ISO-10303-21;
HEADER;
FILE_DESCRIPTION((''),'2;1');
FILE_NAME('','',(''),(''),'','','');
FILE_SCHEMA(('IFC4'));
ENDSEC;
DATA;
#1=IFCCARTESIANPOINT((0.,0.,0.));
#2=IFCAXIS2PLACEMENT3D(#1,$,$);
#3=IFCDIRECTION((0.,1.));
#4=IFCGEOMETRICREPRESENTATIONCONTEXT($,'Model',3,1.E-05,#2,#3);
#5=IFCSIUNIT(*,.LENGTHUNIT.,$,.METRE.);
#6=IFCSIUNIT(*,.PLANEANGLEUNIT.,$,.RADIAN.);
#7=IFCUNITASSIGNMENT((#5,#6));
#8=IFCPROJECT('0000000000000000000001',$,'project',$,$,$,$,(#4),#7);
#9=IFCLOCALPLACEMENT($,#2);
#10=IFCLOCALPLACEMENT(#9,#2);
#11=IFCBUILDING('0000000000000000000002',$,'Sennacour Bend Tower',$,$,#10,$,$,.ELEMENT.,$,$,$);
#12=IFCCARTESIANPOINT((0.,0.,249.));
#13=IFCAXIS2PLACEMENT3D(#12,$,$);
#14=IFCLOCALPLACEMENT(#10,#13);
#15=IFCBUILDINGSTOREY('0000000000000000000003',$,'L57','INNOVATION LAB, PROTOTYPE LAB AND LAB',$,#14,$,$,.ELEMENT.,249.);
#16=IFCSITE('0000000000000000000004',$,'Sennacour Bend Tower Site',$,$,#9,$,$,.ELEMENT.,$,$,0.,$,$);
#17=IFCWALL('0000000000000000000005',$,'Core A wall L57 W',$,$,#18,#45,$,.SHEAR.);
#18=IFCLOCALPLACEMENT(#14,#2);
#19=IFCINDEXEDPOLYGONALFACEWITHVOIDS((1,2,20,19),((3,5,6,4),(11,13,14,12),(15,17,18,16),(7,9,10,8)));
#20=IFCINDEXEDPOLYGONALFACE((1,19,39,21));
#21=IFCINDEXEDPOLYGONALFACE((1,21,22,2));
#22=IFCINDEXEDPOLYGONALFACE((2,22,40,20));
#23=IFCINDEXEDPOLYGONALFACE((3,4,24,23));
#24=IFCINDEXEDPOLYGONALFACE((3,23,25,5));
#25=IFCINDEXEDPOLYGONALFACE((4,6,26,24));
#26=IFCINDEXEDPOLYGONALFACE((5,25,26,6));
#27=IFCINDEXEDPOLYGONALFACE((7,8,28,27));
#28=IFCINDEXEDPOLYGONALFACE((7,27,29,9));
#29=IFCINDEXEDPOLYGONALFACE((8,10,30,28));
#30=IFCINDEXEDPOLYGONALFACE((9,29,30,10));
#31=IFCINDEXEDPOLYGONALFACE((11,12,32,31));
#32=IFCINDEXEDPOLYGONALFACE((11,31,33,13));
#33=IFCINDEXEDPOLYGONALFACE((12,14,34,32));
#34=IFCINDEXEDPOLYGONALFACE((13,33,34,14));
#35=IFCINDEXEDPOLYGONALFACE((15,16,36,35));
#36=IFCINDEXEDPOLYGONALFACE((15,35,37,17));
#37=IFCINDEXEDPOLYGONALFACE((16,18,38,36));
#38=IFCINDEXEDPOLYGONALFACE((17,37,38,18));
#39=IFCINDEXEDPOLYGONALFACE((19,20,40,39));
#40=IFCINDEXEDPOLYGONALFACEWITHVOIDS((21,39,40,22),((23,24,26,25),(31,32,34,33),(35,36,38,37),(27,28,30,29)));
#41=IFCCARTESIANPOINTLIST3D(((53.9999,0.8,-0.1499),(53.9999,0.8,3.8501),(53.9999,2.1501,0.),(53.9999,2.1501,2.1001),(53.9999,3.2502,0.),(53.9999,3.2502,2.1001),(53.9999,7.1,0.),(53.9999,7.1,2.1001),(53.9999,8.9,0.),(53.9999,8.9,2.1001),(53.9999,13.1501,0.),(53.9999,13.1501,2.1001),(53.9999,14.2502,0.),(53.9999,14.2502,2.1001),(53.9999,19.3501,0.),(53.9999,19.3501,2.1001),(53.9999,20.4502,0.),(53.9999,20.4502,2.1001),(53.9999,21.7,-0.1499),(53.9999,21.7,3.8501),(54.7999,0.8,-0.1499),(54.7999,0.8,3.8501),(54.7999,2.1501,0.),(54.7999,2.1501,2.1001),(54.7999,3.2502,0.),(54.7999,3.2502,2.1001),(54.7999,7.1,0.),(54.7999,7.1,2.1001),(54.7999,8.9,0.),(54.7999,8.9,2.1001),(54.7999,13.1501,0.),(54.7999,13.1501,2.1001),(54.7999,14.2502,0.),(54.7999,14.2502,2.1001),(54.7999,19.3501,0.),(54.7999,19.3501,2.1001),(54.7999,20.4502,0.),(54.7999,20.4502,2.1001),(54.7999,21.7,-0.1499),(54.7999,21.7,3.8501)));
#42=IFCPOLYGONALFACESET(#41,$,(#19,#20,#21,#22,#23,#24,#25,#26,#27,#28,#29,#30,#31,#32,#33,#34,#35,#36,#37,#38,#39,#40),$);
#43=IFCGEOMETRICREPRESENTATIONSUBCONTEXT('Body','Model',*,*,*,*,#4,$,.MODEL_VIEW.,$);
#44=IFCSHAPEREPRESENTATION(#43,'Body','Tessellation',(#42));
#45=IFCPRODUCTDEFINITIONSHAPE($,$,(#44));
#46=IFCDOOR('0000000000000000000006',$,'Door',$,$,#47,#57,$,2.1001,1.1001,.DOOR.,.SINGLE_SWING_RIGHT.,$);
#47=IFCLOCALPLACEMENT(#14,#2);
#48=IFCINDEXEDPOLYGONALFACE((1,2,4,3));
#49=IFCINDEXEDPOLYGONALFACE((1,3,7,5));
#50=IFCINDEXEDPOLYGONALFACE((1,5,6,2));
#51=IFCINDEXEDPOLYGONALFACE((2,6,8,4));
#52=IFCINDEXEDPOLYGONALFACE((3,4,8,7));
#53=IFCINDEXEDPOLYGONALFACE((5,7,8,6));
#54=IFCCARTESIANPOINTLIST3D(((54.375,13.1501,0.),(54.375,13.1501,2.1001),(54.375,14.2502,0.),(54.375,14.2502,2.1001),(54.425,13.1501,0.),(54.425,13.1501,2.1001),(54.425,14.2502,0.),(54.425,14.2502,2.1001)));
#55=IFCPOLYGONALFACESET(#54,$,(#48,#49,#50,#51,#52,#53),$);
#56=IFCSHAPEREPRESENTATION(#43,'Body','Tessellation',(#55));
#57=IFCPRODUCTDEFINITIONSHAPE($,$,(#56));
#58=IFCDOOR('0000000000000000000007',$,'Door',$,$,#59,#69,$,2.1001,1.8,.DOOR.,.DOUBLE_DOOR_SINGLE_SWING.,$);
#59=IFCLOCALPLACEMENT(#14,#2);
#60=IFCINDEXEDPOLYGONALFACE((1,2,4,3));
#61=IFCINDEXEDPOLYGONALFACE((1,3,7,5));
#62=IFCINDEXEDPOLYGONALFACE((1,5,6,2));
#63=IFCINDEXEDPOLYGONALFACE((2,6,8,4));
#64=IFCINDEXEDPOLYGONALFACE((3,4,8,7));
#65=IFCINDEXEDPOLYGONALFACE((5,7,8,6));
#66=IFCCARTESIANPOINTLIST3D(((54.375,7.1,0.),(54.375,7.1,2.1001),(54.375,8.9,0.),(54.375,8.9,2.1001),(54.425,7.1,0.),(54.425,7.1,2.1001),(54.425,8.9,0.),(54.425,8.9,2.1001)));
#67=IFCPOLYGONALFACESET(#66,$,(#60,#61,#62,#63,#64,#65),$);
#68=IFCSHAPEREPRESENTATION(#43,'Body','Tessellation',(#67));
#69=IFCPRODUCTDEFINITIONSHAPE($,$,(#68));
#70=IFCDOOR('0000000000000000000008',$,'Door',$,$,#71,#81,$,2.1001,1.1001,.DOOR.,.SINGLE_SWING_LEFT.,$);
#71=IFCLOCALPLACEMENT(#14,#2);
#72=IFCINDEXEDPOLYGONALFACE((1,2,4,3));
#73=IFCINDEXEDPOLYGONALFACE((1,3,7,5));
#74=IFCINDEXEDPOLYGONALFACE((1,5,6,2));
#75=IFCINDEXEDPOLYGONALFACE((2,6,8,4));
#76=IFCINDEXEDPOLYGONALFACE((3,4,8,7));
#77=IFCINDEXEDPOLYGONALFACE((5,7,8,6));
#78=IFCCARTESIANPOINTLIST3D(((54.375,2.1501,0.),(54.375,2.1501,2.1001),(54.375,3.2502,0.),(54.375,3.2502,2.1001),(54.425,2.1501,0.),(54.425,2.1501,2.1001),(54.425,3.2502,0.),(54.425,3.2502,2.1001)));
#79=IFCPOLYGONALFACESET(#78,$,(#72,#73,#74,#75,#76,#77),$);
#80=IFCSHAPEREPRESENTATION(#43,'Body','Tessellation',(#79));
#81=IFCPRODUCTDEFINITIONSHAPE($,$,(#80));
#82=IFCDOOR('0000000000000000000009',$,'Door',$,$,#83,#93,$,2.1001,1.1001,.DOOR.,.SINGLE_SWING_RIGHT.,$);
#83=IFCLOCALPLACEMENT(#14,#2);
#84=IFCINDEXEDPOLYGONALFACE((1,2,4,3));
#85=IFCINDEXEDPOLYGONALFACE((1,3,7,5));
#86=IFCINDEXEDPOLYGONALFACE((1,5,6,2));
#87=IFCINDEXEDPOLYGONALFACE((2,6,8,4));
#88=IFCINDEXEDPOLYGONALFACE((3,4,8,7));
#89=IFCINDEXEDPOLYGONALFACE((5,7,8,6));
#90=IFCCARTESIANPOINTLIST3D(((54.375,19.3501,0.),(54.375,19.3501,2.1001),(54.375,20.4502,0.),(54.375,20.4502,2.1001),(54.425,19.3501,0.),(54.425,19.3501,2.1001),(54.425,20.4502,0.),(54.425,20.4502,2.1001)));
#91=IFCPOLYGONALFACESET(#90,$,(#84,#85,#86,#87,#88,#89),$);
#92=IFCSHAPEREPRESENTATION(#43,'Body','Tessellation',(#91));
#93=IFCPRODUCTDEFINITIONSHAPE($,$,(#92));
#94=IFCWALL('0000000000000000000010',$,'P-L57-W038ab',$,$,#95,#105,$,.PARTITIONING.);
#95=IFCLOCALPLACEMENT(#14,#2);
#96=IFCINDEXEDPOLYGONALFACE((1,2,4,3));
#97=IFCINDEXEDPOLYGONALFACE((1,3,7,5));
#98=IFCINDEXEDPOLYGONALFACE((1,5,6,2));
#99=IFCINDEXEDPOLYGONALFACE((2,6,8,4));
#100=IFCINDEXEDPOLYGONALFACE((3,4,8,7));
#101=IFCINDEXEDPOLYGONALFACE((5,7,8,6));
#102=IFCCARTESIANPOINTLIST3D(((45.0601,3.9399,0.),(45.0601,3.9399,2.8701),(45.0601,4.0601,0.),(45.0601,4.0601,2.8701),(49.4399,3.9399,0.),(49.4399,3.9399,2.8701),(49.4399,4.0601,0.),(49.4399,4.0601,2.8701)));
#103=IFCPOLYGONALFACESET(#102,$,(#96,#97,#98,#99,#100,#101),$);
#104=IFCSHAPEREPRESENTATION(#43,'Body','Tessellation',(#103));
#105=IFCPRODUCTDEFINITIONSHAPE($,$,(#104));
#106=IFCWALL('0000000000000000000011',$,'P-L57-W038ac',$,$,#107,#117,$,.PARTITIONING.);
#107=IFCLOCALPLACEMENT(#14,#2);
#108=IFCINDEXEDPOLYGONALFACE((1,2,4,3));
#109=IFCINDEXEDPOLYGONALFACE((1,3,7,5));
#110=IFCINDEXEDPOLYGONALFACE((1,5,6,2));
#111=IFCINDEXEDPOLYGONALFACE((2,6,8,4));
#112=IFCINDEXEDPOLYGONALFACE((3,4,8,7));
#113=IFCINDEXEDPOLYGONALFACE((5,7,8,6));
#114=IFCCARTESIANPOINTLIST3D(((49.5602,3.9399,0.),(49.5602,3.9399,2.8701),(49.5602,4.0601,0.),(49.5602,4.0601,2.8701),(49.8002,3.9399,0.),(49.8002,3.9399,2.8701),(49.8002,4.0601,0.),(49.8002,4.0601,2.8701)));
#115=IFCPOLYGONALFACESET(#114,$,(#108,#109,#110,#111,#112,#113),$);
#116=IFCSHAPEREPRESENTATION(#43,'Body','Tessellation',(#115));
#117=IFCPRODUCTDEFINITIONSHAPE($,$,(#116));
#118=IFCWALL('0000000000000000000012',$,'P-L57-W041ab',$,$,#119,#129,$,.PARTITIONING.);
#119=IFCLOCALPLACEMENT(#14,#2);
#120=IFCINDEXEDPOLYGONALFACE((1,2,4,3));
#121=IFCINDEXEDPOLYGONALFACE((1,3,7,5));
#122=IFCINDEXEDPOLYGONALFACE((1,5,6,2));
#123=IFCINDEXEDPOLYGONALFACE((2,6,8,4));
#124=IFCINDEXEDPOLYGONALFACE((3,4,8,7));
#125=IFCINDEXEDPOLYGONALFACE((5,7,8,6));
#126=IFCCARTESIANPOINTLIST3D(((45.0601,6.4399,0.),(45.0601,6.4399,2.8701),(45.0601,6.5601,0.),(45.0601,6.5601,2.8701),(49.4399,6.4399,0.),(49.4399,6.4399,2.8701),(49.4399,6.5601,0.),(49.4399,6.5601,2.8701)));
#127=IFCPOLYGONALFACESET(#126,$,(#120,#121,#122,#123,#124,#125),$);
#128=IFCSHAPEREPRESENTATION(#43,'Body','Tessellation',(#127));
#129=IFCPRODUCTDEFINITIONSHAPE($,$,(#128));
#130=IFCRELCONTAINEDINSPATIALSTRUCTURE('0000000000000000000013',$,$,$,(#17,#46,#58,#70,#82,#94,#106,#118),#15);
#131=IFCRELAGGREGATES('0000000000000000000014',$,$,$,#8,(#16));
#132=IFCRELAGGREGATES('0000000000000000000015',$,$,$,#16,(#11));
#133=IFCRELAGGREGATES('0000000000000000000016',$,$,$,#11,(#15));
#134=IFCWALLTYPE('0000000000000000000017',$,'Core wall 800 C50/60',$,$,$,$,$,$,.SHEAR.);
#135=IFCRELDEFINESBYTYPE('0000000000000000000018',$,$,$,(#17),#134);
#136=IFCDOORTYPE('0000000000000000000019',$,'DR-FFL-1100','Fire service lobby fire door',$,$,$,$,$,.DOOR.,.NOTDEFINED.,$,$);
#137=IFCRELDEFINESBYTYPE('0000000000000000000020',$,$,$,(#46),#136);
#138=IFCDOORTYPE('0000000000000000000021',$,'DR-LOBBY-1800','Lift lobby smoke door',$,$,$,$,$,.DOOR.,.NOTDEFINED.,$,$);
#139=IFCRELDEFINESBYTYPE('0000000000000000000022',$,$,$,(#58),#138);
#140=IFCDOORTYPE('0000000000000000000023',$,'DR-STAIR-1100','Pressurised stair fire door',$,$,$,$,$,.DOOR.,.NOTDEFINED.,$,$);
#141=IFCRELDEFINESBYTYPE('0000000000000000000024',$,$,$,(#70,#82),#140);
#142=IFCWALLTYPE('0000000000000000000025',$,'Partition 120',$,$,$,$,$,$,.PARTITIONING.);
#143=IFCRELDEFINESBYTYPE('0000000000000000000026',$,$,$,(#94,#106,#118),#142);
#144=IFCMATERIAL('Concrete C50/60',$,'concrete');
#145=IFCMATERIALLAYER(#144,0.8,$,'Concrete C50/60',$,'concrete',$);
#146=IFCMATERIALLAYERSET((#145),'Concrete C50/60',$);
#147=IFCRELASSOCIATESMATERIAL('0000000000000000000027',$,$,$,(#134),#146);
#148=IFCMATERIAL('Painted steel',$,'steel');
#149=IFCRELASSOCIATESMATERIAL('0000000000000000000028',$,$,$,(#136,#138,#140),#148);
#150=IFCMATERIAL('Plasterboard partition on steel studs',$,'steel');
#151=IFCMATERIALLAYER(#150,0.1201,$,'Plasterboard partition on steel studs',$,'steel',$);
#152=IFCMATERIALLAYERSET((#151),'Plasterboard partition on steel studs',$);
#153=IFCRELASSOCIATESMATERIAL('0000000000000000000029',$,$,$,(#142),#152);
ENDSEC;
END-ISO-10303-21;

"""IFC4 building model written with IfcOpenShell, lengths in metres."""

from ifc_helpers import new_model, si_unit, direction, frame, frame_2d, origin, place, context, subcontext, project, spatial, rectangle, extrude, material, layer, layer_set, type_object, element, fill, save


model = new_model("IFC4")

# Units and contexts
model_context = context("Model", 3, precision=1e-05, world=origin(), true_north=direction((0.0, 1.0)))
body_context = subcontext(model_context, "Body", "Model", "MODEL_VIEW")
ifc_project = project(units=[si_unit("LENGTHUNIT", "METRE"), si_unit("PLANEANGLEUNIT", "RADIAN")], contexts=[model_context])

# Site, building, storey
site_placement = place(None, origin())
site = spatial("IfcSite", under=ifc_project, at=site_placement, Name="Sennacour Bend Tower Site", CompositionType="ELEMENT", RefElevation=0.0)
building_placement = place(site_placement, origin())
building = spatial("IfcBuilding", under=site, at=building_placement, Name="Sennacour Bend Tower", CompositionType="ELEMENT")
storey_placement = place(building_placement, frame((0.0, 0.0, 249.0)))
storey = spatial("IfcBuildingStorey", under=building, at=storey_placement, Name="L57", Description="INNOVATION LAB, PROTOTYPE LAB AND LAB", CompositionType="ELEMENT", Elevation=249.0)

# Wall, openings, doors
ifc_material_1 = material(Name="Concrete C50/60", Category="concrete")
ifc_layer_1 = layer(ifc_material_1, 0.8, Name="Concrete C50/60", Category="concrete")
ifc_layer_set_1 = layer_set([ifc_layer_1], Name="Concrete C50/60")
wall_type_1 = type_object("IfcWallType", Name="Core wall 800 C50/60", PredefinedType="SHEAR", material=ifc_layer_set_1)
wall_1_placement = place(storey_placement, frame((54.3999, 0.8, -0.1499), z_axis=(0.0, 0.0, 1.0), x_axis=(0.0, 1.0, 0.0)))
wall_1 = element("IfcWall", 1, at=wall_1_placement, inside=storey, type_object=wall_type_1, Name="Core A wall L57 W", PredefinedType="SHEAR", context=body_context, shape_type="SweptSolid", body=[
    extrude(rectangle(XDim=20.8999, YDim=0.8, at=frame_2d((10.45, 0.0))), origin(), (0.0, 0.0, 1.0), 4.0),
])
opening_1_placement = place(wall_1_placement, frame((6.3, 0.0, 0.1499)))
opening_1 = element("IfcOpeningElement", 2, at=opening_1_placement, cuts=wall_1, PredefinedType="OPENING", context=body_context, shape_type="SweptSolid", body=[
    extrude(rectangle(XDim=1.8, YDim=2.1001, at=frame_2d((0.8999, 1.05))), frame((0.0, 0.4102, 0.0), z_axis=(0.0, -1.0, 0.0), x_axis=(1.0, 0.0, 0.0)), (0.0, 0.0, 1.0), 0.8201),
])
opening_2_placement = place(wall_1_placement, frame((12.3501, 0.0, 0.1499)))
opening_2 = element("IfcOpeningElement", 3, at=opening_2_placement, cuts=wall_1, PredefinedType="OPENING", context=body_context, shape_type="SweptSolid", body=[
    extrude(rectangle(XDim=1.1001, YDim=2.1001, at=frame_2d((0.55, 1.05))), frame((0.0, 0.4102, 0.0), z_axis=(0.0, -1.0, 0.0), x_axis=(1.0, 0.0, 0.0)), (0.0, 0.0, 1.0), 0.8201),
])
opening_3_placement = place(wall_1_placement, frame((1.3501, 0.0, 0.1499)))
opening_3 = element("IfcOpeningElement", 4, at=opening_3_placement, cuts=wall_1, PredefinedType="OPENING", context=body_context, shape_type="SweptSolid", body=[
    extrude(rectangle(XDim=1.1001, YDim=2.1001, at=frame_2d((0.55, 1.05))), frame((0.0, 0.4102, 0.0), z_axis=(0.0, -1.0, 0.0), x_axis=(1.0, 0.0, 0.0)), (0.0, 0.0, 1.0), 0.8201),
])
opening_4_placement = place(wall_1_placement, frame((18.55, 0.0, 0.1499)))
opening_4 = element("IfcOpeningElement", 5, at=opening_4_placement, cuts=wall_1, PredefinedType="OPENING", context=body_context, shape_type="SweptSolid", body=[
    extrude(rectangle(XDim=1.1001, YDim=2.1001, at=frame_2d((0.55, 1.05))), frame((0.0, 0.4102, 0.0), z_axis=(0.0, -1.0, 0.0), x_axis=(1.0, 0.0, 0.0)), (0.0, 0.0, 1.0), 0.8201),
])
ifc_material_2 = material(Name="Painted steel", Category="steel")
door_type_1 = type_object("IfcDoorType", Name="DR-FFL-1100", Description="Fire service lobby fire door", OperationType="NOTDEFINED", PredefinedType="DOOR", material=ifc_material_2)
door_1_placement = place(opening_2_placement, origin())
door_1 = element("IfcDoor", 6, at=door_1_placement, inside=storey, type_object=door_type_1, Name="Door", OperationType="SINGLE_SWING_RIGHT", OverallHeight=2.1001, OverallWidth=1.1001, PredefinedType="DOOR", context=body_context, shape_type="SweptSolid", body=[
    extrude(rectangle(XDim=1.1001, YDim=2.1001, at=frame_2d((0.55, 1.05))), frame((0.0, 0.0249, 0.0), z_axis=(0.0, -1.0, 0.0), x_axis=(1.0, 0.0, 0.0)), (0.0, 0.0, 1.0), 0.05),
])
fill(opening_2, door_1)
door_type_2 = type_object("IfcDoorType", Name="DR-LOBBY-1800", Description="Lift lobby smoke door", OperationType="NOTDEFINED", PredefinedType="DOOR", material=ifc_material_2)
door_2_placement = place(opening_1_placement, origin())
door_2 = element("IfcDoor", 7, at=door_2_placement, inside=storey, type_object=door_type_2, Name="Door", OperationType="DOUBLE_DOOR_SINGLE_SWING", OverallHeight=2.1001, OverallWidth=1.8, PredefinedType="DOOR", context=body_context, shape_type="SweptSolid", body=[
    extrude(rectangle(XDim=1.8, YDim=2.1001, at=frame_2d((0.8999, 1.05))), frame((0.0, 0.0249, 0.0), z_axis=(0.0, -1.0, 0.0), x_axis=(1.0, 0.0, 0.0)), (0.0, 0.0, 1.0), 0.05),
])
fill(opening_1, door_2)
door_type_3 = type_object("IfcDoorType", Name="DR-STAIR-1100", Description="Pressurised stair fire door", OperationType="NOTDEFINED", PredefinedType="DOOR", material=ifc_material_2)
door_3_placement = place(opening_3_placement, origin())
door_3 = element("IfcDoor", 8, at=door_3_placement, inside=storey, type_object=door_type_3, Name="Door", OperationType="SINGLE_SWING_LEFT", OverallHeight=2.1001, OverallWidth=1.1001, PredefinedType="DOOR", context=body_context, shape_type="SweptSolid", body=[
    extrude(rectangle(XDim=1.1001, YDim=2.1001, at=frame_2d((0.55, 1.05))), frame((0.0, 0.0249, 0.0), z_axis=(0.0, -1.0, 0.0), x_axis=(1.0, 0.0, 0.0)), (0.0, 0.0, 1.0), 0.05),
])
fill(opening_3, door_3)
door_4_placement = place(opening_4_placement, origin())
door_4 = element("IfcDoor", 9, at=door_4_placement, inside=storey, type_object=door_type_3, Name="Door", OperationType="SINGLE_SWING_RIGHT", OverallHeight=2.1001, OverallWidth=1.1001, PredefinedType="DOOR", context=body_context, shape_type="SweptSolid", body=[
    extrude(rectangle(XDim=1.1001, YDim=2.1001, at=frame_2d((0.55, 1.05))), frame((0.0, 0.0249, 0.0), z_axis=(0.0, -1.0, 0.0), x_axis=(1.0, 0.0, 0.0)), (0.0, 0.0, 1.0), 0.05),
])
fill(opening_4, door_4)

# Walls
ifc_material_3 = material(Name="Plasterboard partition on steel studs", Category="steel")
ifc_layer_2 = layer(ifc_material_3, 0.1201, Name="Plasterboard partition on steel studs", Category="steel")
ifc_layer_set_2 = layer_set([ifc_layer_2], Name="Plasterboard partition on steel studs")
wall_type_2 = type_object("IfcWallType", Name="Partition 120", PredefinedType="PARTITIONING", material=ifc_layer_set_2)
wall_2_placement = place(storey_placement, frame((45.0601, 4.0, 0.0), z_axis=(0.0, 0.0, 1.0), x_axis=(1.0, 0.0, 0.0)))
element("IfcWall", 10, at=wall_2_placement, inside=storey, type_object=wall_type_2, Name="P-L57-W038ab", PredefinedType="PARTITIONING", context=body_context, shape_type="SweptSolid", body=[
    extrude(rectangle(XDim=4.3799, YDim=0.1201, at=frame_2d((2.1899, 0.0))), origin(), (0.0, 0.0, 1.0), 2.8701),
])
wall_3_placement = place(storey_placement, frame((49.5601, 4.0, 0.0), z_axis=(0.0, 0.0, 1.0), x_axis=(1.0, 0.0, 0.0)))
element("IfcWall", 11, at=wall_3_placement, inside=storey, type_object=wall_type_2, Name="P-L57-W038ac", PredefinedType="PARTITIONING", context=body_context, shape_type="SweptSolid", body=[
    extrude(rectangle(XDim=0.24, YDim=0.1201, at=frame_2d((0.1201, 0.0))), origin(), (0.0, 0.0, 1.0), 2.8701),
])
wall_4_placement = place(storey_placement, frame((45.0601, 6.5, 0.0), z_axis=(0.0, 0.0, 1.0), x_axis=(1.0, 0.0, 0.0)))
element("IfcWall", 12, at=wall_4_placement, inside=storey, type_object=wall_type_2, Name="P-L57-W041ab", PredefinedType="PARTITIONING", context=body_context, shape_type="SweptSolid", body=[
    extrude(rectangle(XDim=4.3799, YDim=0.1201, at=frame_2d((2.1899, 0.0))), origin(), (0.0, 0.0, 1.0), 2.8701),
])

save(model, "model.ifc")
